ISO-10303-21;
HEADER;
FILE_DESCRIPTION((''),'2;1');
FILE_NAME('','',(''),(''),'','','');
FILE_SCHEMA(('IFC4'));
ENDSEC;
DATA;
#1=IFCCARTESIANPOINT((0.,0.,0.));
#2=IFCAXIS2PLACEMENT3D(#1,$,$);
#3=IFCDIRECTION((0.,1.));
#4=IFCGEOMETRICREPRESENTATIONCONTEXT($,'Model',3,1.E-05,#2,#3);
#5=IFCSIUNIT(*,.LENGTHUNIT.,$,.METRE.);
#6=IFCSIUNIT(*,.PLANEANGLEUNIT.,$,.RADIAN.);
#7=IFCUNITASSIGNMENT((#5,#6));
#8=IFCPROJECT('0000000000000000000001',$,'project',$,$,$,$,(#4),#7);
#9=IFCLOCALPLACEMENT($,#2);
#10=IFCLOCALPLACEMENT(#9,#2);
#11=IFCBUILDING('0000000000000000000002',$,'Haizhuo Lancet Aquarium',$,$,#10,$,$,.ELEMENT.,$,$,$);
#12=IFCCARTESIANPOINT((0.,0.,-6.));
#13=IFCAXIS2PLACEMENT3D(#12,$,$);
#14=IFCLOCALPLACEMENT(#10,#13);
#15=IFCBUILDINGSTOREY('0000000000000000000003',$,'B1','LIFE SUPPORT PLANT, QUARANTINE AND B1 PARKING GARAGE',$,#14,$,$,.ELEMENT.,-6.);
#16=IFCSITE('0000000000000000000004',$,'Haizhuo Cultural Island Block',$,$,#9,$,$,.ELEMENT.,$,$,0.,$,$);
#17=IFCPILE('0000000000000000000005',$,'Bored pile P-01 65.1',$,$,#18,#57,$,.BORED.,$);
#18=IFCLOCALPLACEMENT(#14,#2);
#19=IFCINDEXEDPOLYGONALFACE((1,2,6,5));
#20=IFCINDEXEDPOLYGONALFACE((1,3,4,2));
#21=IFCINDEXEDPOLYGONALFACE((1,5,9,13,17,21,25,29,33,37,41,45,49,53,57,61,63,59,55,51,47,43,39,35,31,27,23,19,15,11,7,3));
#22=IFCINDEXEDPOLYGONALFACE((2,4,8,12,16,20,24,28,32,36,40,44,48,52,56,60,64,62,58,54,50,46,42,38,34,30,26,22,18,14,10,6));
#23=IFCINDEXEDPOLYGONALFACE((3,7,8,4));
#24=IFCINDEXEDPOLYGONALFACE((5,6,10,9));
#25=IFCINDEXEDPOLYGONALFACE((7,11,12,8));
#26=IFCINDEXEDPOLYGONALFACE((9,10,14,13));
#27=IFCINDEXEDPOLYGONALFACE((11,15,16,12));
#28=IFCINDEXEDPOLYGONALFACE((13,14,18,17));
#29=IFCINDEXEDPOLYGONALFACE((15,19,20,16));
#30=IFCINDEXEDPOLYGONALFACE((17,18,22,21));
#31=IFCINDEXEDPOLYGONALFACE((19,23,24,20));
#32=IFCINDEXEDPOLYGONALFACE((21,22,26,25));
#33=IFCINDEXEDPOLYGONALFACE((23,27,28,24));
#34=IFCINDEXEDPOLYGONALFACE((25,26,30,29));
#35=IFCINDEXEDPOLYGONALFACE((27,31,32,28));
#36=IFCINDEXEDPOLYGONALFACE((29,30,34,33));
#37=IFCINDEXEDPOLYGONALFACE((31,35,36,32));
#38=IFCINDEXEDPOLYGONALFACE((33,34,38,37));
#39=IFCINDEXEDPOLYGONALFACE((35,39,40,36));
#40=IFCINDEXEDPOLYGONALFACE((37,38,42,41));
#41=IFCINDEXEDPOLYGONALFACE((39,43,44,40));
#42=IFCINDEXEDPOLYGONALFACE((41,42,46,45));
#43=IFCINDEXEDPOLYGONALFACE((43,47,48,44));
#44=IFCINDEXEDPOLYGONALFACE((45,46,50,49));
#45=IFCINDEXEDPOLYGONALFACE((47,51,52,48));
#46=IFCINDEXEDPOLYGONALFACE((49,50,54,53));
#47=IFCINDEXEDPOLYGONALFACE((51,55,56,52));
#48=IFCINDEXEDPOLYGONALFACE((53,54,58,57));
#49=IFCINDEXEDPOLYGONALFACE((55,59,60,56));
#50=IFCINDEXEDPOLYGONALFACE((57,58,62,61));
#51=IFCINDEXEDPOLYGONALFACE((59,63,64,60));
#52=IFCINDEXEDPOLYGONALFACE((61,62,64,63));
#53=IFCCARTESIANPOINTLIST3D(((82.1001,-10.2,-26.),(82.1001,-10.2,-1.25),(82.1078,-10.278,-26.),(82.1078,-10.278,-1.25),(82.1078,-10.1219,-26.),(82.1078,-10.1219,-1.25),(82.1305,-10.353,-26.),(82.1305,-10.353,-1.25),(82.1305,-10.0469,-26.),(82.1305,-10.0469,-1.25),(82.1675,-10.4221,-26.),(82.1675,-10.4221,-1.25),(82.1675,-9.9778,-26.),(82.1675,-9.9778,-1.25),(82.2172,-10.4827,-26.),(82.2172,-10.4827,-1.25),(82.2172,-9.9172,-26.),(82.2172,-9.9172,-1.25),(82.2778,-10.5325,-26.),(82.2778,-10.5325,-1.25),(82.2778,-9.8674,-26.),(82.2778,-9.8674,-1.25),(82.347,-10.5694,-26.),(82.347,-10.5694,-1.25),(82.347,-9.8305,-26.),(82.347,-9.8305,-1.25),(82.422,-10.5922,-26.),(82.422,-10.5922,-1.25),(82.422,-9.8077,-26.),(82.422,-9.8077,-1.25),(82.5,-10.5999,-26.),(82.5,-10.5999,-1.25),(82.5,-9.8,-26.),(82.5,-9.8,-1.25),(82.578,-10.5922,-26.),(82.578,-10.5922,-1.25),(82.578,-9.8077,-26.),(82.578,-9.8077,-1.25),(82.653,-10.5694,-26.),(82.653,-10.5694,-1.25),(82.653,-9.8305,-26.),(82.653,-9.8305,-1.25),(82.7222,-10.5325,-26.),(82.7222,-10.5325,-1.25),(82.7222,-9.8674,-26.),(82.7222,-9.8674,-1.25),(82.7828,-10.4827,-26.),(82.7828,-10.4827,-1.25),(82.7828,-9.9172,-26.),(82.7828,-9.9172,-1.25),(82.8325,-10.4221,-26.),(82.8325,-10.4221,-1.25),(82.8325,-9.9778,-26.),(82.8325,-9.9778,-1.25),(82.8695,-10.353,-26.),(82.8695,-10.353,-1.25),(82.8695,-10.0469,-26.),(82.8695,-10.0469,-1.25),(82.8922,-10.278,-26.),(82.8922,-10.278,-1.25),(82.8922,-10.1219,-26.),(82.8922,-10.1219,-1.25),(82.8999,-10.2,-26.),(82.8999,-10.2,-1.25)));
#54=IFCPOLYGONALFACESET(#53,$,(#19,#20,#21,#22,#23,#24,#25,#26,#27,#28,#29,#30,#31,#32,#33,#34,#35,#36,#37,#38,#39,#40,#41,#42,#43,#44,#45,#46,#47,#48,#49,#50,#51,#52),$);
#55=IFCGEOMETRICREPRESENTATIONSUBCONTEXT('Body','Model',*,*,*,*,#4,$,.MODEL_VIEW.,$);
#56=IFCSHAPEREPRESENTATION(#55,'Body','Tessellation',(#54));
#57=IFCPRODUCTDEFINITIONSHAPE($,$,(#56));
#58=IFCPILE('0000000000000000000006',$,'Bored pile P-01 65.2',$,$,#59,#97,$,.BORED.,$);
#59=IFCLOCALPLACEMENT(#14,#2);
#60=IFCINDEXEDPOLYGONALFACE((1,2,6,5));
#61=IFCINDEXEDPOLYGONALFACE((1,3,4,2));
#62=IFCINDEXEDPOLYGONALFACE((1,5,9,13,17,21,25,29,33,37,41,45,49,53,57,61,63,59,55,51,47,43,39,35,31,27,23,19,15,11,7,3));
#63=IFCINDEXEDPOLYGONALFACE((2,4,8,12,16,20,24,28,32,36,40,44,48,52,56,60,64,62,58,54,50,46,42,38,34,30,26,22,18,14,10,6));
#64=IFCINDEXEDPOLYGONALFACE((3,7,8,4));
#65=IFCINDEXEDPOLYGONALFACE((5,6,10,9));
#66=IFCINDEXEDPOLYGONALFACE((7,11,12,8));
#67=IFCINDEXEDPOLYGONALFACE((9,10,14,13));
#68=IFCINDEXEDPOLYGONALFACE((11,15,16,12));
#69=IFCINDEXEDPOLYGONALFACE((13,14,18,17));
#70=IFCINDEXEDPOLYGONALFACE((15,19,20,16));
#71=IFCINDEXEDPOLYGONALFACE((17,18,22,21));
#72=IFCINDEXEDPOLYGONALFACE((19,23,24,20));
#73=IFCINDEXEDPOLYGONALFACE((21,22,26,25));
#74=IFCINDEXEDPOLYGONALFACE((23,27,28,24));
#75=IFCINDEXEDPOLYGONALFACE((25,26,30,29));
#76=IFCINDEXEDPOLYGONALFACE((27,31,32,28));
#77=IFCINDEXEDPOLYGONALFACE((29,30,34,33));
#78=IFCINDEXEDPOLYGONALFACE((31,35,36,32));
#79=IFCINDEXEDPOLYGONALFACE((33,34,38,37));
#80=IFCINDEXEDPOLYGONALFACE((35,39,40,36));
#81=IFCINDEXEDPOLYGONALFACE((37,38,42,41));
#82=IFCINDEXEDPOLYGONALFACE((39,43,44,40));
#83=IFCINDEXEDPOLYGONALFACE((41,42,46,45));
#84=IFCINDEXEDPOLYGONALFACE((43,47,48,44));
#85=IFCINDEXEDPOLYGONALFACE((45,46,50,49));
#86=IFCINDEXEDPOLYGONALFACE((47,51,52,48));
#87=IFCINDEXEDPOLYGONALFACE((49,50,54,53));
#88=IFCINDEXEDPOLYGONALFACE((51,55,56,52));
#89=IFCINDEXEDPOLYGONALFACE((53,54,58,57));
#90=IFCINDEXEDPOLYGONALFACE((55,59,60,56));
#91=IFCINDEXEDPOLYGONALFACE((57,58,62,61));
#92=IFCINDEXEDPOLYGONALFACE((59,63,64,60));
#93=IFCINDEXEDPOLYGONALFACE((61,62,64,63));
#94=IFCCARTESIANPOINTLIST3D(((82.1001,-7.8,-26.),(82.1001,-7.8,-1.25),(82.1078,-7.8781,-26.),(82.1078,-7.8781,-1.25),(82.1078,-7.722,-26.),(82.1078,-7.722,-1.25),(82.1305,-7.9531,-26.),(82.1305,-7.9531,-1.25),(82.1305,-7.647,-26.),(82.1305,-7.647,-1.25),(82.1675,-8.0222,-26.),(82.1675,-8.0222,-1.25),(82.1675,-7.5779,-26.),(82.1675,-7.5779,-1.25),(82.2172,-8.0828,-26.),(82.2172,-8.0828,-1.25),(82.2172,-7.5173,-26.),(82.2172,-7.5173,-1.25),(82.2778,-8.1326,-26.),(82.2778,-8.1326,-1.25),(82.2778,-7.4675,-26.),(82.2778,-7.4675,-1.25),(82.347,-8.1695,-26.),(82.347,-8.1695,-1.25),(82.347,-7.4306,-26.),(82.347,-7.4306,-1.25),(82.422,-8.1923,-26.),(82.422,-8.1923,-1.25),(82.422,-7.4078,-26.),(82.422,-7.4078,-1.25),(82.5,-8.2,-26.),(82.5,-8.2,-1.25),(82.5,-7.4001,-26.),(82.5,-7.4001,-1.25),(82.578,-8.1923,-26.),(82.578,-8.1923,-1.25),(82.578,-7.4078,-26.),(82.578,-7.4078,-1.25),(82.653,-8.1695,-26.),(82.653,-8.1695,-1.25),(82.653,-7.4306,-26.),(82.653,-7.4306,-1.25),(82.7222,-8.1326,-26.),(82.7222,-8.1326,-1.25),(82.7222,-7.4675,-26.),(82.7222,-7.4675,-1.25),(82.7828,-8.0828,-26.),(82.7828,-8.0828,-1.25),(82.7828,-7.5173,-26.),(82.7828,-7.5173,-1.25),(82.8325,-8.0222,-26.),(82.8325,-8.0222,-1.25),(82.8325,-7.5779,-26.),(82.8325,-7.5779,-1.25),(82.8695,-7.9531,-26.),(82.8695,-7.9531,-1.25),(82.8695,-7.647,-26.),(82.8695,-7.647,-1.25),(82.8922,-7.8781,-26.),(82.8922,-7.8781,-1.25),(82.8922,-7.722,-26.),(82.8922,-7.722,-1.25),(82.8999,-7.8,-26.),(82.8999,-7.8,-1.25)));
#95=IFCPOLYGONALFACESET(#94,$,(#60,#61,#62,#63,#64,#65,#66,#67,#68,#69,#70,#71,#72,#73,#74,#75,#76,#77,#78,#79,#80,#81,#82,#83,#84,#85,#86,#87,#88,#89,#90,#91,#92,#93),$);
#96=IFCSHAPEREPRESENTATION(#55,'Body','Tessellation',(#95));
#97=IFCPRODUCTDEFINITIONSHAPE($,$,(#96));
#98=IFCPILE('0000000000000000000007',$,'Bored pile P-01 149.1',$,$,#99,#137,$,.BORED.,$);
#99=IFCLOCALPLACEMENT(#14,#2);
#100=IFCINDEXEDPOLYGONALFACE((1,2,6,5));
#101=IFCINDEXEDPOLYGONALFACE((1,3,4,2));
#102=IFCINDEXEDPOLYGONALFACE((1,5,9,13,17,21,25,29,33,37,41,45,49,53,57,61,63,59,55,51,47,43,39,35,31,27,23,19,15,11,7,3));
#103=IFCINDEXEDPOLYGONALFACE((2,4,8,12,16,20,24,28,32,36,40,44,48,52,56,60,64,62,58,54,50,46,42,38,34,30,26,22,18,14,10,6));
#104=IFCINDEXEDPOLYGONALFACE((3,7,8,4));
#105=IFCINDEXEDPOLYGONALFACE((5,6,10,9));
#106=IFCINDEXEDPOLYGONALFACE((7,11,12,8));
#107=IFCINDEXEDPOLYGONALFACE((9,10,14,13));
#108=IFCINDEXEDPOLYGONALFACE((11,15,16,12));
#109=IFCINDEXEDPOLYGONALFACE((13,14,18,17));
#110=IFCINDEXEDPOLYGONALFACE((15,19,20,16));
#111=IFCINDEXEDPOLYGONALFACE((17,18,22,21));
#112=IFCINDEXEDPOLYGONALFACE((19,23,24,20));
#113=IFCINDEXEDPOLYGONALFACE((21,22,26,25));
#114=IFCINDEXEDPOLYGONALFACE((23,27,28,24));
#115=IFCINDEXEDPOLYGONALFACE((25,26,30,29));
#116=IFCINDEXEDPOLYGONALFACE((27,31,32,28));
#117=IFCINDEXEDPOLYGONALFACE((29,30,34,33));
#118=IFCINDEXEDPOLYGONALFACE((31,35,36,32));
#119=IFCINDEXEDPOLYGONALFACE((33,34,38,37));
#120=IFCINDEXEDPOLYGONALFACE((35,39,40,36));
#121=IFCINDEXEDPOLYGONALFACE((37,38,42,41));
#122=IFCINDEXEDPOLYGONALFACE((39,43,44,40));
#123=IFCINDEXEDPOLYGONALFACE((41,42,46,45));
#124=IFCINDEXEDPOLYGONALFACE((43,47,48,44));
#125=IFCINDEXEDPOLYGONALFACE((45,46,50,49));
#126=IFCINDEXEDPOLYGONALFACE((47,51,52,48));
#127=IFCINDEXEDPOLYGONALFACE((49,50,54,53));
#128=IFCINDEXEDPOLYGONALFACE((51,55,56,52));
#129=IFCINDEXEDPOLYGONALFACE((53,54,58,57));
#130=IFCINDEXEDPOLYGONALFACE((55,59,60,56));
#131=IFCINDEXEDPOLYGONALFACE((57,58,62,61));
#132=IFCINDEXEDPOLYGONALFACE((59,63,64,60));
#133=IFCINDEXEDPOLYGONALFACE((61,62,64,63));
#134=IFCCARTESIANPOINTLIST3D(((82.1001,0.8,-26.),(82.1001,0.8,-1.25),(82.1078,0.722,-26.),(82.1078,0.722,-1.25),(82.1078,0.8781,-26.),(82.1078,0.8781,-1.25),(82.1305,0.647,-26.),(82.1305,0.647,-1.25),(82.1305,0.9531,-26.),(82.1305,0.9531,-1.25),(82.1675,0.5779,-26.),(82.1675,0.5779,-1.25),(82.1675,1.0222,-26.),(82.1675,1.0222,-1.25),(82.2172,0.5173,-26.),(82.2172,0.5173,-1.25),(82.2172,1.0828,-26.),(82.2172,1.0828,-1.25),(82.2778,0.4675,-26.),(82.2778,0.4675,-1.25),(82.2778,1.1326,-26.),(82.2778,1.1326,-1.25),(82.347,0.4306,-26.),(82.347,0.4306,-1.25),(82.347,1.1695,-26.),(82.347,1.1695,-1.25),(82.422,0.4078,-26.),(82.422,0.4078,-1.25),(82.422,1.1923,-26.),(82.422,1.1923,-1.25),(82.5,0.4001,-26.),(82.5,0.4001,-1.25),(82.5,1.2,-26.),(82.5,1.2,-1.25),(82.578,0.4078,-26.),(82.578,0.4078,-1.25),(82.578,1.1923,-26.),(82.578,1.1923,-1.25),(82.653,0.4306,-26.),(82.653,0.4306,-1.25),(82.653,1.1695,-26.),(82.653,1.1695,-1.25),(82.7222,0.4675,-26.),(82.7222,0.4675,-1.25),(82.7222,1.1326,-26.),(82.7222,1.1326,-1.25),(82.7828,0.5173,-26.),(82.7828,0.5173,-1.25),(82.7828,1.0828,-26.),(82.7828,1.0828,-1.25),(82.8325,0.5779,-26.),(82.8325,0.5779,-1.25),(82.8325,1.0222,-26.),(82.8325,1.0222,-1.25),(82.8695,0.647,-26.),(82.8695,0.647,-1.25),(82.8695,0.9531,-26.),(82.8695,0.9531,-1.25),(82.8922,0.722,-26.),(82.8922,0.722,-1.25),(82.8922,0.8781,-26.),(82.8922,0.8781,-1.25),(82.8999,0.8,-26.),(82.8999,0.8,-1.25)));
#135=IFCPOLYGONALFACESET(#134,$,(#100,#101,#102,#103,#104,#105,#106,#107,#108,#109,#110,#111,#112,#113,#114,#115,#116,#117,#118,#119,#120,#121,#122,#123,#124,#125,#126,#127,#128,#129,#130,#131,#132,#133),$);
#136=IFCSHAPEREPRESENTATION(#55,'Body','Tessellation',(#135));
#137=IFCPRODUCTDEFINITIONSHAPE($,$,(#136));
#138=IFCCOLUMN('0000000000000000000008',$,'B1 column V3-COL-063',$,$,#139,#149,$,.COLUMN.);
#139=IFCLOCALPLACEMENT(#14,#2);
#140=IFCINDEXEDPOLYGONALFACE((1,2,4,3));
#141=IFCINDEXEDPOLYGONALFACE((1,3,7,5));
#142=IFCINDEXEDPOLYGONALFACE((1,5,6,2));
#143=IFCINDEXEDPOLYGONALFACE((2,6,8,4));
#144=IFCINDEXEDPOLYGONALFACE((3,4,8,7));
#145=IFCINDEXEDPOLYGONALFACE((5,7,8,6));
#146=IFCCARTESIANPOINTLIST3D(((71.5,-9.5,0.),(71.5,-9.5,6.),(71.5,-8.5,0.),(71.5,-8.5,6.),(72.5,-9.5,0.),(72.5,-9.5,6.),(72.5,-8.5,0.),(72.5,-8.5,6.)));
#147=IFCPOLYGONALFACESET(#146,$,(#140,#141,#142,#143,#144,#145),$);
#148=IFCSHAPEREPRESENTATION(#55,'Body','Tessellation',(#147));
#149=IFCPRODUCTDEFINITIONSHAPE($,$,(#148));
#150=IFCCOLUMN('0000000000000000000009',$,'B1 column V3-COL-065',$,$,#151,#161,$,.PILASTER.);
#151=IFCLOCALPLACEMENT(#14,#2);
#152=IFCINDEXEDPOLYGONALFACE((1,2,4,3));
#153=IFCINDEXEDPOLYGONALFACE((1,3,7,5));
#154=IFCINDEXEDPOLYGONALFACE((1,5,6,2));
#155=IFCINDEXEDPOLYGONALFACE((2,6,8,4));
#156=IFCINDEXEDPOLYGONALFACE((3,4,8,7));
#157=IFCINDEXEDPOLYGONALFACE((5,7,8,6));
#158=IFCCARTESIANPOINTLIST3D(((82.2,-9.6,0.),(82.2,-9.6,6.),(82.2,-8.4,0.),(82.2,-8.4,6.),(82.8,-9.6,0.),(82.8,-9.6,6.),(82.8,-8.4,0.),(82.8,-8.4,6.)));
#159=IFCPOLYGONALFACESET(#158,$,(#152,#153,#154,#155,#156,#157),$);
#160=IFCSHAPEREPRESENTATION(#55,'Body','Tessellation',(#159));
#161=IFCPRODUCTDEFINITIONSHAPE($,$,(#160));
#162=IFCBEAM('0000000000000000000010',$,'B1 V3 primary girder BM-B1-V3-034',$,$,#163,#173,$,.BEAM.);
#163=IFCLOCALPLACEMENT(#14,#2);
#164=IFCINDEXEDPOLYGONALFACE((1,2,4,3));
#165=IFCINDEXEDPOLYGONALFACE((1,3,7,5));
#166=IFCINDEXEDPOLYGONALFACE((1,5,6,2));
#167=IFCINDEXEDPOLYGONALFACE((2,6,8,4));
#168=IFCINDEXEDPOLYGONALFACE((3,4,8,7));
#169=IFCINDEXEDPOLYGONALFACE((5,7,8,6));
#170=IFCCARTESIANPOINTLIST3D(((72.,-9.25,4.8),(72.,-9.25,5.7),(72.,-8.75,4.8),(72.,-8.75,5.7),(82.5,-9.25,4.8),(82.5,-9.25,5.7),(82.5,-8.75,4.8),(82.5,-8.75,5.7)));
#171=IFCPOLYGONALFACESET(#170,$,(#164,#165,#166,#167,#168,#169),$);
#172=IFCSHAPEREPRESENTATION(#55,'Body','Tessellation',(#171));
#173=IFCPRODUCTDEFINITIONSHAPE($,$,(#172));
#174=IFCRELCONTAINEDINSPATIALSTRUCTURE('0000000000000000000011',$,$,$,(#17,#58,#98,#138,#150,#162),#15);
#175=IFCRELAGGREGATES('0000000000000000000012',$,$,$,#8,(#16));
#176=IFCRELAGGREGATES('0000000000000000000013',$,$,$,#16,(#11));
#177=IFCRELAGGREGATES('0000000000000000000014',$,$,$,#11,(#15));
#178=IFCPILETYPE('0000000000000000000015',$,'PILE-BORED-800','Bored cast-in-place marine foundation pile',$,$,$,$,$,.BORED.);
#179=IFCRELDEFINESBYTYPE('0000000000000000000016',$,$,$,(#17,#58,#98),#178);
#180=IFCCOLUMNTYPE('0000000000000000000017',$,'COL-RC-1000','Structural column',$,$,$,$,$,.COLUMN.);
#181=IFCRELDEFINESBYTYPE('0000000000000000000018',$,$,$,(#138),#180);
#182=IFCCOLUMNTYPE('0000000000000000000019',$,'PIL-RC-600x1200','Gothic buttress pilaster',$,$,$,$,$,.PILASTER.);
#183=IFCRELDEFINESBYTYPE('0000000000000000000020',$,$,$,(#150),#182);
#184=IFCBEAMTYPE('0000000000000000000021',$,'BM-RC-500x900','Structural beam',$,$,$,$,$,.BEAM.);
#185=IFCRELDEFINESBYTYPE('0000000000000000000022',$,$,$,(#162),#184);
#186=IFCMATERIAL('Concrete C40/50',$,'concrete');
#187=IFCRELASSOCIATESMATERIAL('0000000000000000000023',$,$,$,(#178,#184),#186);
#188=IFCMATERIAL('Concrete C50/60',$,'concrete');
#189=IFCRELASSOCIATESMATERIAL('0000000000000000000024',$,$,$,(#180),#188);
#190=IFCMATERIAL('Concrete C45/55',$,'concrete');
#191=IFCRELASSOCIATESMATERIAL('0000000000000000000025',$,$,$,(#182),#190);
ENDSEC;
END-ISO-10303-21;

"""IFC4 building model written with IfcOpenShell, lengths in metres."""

from ifc_helpers import new_model, si_unit, direction, frame, origin, origin_2d, place, context, subcontext, project, spatial, rectangle, circle, extrude, material, material_profile, profile_set, type_object, element, save


model = new_model("IFC4")

# Units and contexts
model_context = context("Model", 3, precision=1e-05, world=origin(), true_north=direction((0.0, 1.0)))
body_context = subcontext(model_context, "Body", "Model", "MODEL_VIEW")
ifc_project = project(units=[si_unit("LENGTHUNIT", "METRE"), si_unit("PLANEANGLEUNIT", "RADIAN")], contexts=[model_context])

# Site, building, storey
site_placement = place(None, origin())
site = spatial("IfcSite", under=ifc_project, at=site_placement, Name="Haizhuo Cultural Island Block", CompositionType="ELEMENT", RefElevation=0.0)
building_placement = place(site_placement, origin())
building = spatial("IfcBuilding", under=site, at=building_placement, Name="Haizhuo Lancet Aquarium", CompositionType="ELEMENT")
storey_placement = place(building_placement, frame((0.0, 0.0, -6.0)))
storey = spatial("IfcBuildingStorey", under=building, at=storey_placement, Name="B1", Description="LIFE SUPPORT PLANT, QUARANTINE AND B1 PARKING GARAGE", CompositionType="ELEMENT", Elevation=-6.0)

# Shared definitions
ifc_material_1 = material(Name="Concrete C40/50", Category="concrete")

# Piles
ifc_material_profile_1 = material_profile(ifc_material_1, circle(Radius=0.3999, at=origin_2d()), Name="PILE-800")
ifc_profile_set_1 = profile_set([ifc_material_profile_1], Name="Concrete C40/50")
pile_type_1 = type_object("IfcPileType", Name="PILE-BORED-800", Description="Bored cast-in-place marine foundation pile", PredefinedType="BORED", material=ifc_profile_set_1)
for number, where, z_axis, x_axis, name in (
    (1, (82.5, -10.2, -1.25), (0.0, 0.0, -1.0), (1.0, 0.0, 0.0), "Bored pile P-01 65.1"),
    (2, (82.5, -7.8, -1.25), (0.0, 0.0, -1.0), (1.0, 0.0, 0.0), "Bored pile P-01 65.2"),
    (3, (82.5, 0.8, -1.25), (0.0, 0.0, -1.0), (1.0, 0.0, 0.0), "Bored pile P-01 149.1"),
):
    element("IfcPile", number, at=place(storey_placement, frame(where, z_axis=z_axis, x_axis=x_axis)), inside=storey, type_object=pile_type_1, Name=name, PredefinedType="BORED", context=body_context, shape_type="SweptSolid", body=[
        extrude(circle(Radius=0.3999, at=origin_2d()), origin(), (0.0, 0.0, 1.0), 24.75),
    ])

# Columns
ifc_material_2 = material(Name="Concrete C50/60", Category="concrete")
ifc_material_profile_2 = material_profile(ifc_material_2, rectangle(XDim=1.0, YDim=1.0, at=origin_2d()), Name="RC-COL 1000x1000")
ifc_profile_set_2 = profile_set([ifc_material_profile_2], Name="Concrete C50/60")
column_type_1 = type_object("IfcColumnType", Name="COL-RC-1000", Description="Structural column", PredefinedType="COLUMN", material=ifc_profile_set_2)
column_1_placement = place(storey_placement, frame((72.0, -9.0, 0.0), z_axis=(0.0, 0.0, 1.0), x_axis=(1.0, 0.0, 0.0)))
element("IfcColumn", 4, at=column_1_placement, inside=storey, type_object=column_type_1, Name="B1 column V3-COL-063", PredefinedType="COLUMN", context=body_context, shape_type="SweptSolid", body=[
    extrude(rectangle(XDim=1.0, YDim=1.0, at=origin_2d()), origin(), (0.0, 0.0, 1.0), 6.0),
])
ifc_material_3 = material(Name="Concrete C45/55", Category="concrete")
ifc_material_profile_3 = material_profile(ifc_material_3, rectangle(XDim=0.6001, YDim=1.2, at=origin_2d()), Name="RC-PIL 600x1200")
ifc_profile_set_3 = profile_set([ifc_material_profile_3], Name="Concrete C45/55")
column_type_2 = type_object("IfcColumnType", Name="PIL-RC-600x1200", Description="Gothic buttress pilaster", PredefinedType="PILASTER", material=ifc_profile_set_3)
column_2_placement = place(storey_placement, frame((82.5, -9.0, 0.0), z_axis=(0.0, 0.0, 1.0), x_axis=(1.0, 0.0, 0.0)))
element("IfcColumn", 5, at=column_2_placement, inside=storey, type_object=column_type_2, Name="B1 column V3-COL-065", PredefinedType="PILASTER", context=body_context, shape_type="SweptSolid", body=[
    extrude(rectangle(XDim=0.6001, YDim=1.2, at=origin_2d()), origin(), (0.0, 0.0, 1.0), 6.0),
])

# Beam
ifc_material_profile_4 = material_profile(ifc_material_1, rectangle(XDim=0.5, YDim=0.8999, at=origin_2d()), Name="RC-BM 500x900")
ifc_profile_set_4 = profile_set([ifc_material_profile_4], Name="Concrete C40/50")
beam_type_1 = type_object("IfcBeamType", Name="BM-RC-500x900", Description="Structural beam", PredefinedType="BEAM", material=ifc_profile_set_4)
beam_1_placement = place(storey_placement, frame((72.0, -9.0, 5.25), z_axis=(1.0, 0.0, 0.0), x_axis=(0.0, 1.0, 0.0)))
element("IfcBeam", 6, at=beam_1_placement, inside=storey, type_object=beam_type_1, Name="B1 V3 primary girder BM-B1-V3-034", PredefinedType="BEAM", context=body_context, shape_type="SweptSolid", body=[
    extrude(rectangle(XDim=0.5, YDim=0.8999, at=origin_2d()), origin(), (0.0, 0.0, 1.0), 10.5),
])

save(model, "model.ifc")
